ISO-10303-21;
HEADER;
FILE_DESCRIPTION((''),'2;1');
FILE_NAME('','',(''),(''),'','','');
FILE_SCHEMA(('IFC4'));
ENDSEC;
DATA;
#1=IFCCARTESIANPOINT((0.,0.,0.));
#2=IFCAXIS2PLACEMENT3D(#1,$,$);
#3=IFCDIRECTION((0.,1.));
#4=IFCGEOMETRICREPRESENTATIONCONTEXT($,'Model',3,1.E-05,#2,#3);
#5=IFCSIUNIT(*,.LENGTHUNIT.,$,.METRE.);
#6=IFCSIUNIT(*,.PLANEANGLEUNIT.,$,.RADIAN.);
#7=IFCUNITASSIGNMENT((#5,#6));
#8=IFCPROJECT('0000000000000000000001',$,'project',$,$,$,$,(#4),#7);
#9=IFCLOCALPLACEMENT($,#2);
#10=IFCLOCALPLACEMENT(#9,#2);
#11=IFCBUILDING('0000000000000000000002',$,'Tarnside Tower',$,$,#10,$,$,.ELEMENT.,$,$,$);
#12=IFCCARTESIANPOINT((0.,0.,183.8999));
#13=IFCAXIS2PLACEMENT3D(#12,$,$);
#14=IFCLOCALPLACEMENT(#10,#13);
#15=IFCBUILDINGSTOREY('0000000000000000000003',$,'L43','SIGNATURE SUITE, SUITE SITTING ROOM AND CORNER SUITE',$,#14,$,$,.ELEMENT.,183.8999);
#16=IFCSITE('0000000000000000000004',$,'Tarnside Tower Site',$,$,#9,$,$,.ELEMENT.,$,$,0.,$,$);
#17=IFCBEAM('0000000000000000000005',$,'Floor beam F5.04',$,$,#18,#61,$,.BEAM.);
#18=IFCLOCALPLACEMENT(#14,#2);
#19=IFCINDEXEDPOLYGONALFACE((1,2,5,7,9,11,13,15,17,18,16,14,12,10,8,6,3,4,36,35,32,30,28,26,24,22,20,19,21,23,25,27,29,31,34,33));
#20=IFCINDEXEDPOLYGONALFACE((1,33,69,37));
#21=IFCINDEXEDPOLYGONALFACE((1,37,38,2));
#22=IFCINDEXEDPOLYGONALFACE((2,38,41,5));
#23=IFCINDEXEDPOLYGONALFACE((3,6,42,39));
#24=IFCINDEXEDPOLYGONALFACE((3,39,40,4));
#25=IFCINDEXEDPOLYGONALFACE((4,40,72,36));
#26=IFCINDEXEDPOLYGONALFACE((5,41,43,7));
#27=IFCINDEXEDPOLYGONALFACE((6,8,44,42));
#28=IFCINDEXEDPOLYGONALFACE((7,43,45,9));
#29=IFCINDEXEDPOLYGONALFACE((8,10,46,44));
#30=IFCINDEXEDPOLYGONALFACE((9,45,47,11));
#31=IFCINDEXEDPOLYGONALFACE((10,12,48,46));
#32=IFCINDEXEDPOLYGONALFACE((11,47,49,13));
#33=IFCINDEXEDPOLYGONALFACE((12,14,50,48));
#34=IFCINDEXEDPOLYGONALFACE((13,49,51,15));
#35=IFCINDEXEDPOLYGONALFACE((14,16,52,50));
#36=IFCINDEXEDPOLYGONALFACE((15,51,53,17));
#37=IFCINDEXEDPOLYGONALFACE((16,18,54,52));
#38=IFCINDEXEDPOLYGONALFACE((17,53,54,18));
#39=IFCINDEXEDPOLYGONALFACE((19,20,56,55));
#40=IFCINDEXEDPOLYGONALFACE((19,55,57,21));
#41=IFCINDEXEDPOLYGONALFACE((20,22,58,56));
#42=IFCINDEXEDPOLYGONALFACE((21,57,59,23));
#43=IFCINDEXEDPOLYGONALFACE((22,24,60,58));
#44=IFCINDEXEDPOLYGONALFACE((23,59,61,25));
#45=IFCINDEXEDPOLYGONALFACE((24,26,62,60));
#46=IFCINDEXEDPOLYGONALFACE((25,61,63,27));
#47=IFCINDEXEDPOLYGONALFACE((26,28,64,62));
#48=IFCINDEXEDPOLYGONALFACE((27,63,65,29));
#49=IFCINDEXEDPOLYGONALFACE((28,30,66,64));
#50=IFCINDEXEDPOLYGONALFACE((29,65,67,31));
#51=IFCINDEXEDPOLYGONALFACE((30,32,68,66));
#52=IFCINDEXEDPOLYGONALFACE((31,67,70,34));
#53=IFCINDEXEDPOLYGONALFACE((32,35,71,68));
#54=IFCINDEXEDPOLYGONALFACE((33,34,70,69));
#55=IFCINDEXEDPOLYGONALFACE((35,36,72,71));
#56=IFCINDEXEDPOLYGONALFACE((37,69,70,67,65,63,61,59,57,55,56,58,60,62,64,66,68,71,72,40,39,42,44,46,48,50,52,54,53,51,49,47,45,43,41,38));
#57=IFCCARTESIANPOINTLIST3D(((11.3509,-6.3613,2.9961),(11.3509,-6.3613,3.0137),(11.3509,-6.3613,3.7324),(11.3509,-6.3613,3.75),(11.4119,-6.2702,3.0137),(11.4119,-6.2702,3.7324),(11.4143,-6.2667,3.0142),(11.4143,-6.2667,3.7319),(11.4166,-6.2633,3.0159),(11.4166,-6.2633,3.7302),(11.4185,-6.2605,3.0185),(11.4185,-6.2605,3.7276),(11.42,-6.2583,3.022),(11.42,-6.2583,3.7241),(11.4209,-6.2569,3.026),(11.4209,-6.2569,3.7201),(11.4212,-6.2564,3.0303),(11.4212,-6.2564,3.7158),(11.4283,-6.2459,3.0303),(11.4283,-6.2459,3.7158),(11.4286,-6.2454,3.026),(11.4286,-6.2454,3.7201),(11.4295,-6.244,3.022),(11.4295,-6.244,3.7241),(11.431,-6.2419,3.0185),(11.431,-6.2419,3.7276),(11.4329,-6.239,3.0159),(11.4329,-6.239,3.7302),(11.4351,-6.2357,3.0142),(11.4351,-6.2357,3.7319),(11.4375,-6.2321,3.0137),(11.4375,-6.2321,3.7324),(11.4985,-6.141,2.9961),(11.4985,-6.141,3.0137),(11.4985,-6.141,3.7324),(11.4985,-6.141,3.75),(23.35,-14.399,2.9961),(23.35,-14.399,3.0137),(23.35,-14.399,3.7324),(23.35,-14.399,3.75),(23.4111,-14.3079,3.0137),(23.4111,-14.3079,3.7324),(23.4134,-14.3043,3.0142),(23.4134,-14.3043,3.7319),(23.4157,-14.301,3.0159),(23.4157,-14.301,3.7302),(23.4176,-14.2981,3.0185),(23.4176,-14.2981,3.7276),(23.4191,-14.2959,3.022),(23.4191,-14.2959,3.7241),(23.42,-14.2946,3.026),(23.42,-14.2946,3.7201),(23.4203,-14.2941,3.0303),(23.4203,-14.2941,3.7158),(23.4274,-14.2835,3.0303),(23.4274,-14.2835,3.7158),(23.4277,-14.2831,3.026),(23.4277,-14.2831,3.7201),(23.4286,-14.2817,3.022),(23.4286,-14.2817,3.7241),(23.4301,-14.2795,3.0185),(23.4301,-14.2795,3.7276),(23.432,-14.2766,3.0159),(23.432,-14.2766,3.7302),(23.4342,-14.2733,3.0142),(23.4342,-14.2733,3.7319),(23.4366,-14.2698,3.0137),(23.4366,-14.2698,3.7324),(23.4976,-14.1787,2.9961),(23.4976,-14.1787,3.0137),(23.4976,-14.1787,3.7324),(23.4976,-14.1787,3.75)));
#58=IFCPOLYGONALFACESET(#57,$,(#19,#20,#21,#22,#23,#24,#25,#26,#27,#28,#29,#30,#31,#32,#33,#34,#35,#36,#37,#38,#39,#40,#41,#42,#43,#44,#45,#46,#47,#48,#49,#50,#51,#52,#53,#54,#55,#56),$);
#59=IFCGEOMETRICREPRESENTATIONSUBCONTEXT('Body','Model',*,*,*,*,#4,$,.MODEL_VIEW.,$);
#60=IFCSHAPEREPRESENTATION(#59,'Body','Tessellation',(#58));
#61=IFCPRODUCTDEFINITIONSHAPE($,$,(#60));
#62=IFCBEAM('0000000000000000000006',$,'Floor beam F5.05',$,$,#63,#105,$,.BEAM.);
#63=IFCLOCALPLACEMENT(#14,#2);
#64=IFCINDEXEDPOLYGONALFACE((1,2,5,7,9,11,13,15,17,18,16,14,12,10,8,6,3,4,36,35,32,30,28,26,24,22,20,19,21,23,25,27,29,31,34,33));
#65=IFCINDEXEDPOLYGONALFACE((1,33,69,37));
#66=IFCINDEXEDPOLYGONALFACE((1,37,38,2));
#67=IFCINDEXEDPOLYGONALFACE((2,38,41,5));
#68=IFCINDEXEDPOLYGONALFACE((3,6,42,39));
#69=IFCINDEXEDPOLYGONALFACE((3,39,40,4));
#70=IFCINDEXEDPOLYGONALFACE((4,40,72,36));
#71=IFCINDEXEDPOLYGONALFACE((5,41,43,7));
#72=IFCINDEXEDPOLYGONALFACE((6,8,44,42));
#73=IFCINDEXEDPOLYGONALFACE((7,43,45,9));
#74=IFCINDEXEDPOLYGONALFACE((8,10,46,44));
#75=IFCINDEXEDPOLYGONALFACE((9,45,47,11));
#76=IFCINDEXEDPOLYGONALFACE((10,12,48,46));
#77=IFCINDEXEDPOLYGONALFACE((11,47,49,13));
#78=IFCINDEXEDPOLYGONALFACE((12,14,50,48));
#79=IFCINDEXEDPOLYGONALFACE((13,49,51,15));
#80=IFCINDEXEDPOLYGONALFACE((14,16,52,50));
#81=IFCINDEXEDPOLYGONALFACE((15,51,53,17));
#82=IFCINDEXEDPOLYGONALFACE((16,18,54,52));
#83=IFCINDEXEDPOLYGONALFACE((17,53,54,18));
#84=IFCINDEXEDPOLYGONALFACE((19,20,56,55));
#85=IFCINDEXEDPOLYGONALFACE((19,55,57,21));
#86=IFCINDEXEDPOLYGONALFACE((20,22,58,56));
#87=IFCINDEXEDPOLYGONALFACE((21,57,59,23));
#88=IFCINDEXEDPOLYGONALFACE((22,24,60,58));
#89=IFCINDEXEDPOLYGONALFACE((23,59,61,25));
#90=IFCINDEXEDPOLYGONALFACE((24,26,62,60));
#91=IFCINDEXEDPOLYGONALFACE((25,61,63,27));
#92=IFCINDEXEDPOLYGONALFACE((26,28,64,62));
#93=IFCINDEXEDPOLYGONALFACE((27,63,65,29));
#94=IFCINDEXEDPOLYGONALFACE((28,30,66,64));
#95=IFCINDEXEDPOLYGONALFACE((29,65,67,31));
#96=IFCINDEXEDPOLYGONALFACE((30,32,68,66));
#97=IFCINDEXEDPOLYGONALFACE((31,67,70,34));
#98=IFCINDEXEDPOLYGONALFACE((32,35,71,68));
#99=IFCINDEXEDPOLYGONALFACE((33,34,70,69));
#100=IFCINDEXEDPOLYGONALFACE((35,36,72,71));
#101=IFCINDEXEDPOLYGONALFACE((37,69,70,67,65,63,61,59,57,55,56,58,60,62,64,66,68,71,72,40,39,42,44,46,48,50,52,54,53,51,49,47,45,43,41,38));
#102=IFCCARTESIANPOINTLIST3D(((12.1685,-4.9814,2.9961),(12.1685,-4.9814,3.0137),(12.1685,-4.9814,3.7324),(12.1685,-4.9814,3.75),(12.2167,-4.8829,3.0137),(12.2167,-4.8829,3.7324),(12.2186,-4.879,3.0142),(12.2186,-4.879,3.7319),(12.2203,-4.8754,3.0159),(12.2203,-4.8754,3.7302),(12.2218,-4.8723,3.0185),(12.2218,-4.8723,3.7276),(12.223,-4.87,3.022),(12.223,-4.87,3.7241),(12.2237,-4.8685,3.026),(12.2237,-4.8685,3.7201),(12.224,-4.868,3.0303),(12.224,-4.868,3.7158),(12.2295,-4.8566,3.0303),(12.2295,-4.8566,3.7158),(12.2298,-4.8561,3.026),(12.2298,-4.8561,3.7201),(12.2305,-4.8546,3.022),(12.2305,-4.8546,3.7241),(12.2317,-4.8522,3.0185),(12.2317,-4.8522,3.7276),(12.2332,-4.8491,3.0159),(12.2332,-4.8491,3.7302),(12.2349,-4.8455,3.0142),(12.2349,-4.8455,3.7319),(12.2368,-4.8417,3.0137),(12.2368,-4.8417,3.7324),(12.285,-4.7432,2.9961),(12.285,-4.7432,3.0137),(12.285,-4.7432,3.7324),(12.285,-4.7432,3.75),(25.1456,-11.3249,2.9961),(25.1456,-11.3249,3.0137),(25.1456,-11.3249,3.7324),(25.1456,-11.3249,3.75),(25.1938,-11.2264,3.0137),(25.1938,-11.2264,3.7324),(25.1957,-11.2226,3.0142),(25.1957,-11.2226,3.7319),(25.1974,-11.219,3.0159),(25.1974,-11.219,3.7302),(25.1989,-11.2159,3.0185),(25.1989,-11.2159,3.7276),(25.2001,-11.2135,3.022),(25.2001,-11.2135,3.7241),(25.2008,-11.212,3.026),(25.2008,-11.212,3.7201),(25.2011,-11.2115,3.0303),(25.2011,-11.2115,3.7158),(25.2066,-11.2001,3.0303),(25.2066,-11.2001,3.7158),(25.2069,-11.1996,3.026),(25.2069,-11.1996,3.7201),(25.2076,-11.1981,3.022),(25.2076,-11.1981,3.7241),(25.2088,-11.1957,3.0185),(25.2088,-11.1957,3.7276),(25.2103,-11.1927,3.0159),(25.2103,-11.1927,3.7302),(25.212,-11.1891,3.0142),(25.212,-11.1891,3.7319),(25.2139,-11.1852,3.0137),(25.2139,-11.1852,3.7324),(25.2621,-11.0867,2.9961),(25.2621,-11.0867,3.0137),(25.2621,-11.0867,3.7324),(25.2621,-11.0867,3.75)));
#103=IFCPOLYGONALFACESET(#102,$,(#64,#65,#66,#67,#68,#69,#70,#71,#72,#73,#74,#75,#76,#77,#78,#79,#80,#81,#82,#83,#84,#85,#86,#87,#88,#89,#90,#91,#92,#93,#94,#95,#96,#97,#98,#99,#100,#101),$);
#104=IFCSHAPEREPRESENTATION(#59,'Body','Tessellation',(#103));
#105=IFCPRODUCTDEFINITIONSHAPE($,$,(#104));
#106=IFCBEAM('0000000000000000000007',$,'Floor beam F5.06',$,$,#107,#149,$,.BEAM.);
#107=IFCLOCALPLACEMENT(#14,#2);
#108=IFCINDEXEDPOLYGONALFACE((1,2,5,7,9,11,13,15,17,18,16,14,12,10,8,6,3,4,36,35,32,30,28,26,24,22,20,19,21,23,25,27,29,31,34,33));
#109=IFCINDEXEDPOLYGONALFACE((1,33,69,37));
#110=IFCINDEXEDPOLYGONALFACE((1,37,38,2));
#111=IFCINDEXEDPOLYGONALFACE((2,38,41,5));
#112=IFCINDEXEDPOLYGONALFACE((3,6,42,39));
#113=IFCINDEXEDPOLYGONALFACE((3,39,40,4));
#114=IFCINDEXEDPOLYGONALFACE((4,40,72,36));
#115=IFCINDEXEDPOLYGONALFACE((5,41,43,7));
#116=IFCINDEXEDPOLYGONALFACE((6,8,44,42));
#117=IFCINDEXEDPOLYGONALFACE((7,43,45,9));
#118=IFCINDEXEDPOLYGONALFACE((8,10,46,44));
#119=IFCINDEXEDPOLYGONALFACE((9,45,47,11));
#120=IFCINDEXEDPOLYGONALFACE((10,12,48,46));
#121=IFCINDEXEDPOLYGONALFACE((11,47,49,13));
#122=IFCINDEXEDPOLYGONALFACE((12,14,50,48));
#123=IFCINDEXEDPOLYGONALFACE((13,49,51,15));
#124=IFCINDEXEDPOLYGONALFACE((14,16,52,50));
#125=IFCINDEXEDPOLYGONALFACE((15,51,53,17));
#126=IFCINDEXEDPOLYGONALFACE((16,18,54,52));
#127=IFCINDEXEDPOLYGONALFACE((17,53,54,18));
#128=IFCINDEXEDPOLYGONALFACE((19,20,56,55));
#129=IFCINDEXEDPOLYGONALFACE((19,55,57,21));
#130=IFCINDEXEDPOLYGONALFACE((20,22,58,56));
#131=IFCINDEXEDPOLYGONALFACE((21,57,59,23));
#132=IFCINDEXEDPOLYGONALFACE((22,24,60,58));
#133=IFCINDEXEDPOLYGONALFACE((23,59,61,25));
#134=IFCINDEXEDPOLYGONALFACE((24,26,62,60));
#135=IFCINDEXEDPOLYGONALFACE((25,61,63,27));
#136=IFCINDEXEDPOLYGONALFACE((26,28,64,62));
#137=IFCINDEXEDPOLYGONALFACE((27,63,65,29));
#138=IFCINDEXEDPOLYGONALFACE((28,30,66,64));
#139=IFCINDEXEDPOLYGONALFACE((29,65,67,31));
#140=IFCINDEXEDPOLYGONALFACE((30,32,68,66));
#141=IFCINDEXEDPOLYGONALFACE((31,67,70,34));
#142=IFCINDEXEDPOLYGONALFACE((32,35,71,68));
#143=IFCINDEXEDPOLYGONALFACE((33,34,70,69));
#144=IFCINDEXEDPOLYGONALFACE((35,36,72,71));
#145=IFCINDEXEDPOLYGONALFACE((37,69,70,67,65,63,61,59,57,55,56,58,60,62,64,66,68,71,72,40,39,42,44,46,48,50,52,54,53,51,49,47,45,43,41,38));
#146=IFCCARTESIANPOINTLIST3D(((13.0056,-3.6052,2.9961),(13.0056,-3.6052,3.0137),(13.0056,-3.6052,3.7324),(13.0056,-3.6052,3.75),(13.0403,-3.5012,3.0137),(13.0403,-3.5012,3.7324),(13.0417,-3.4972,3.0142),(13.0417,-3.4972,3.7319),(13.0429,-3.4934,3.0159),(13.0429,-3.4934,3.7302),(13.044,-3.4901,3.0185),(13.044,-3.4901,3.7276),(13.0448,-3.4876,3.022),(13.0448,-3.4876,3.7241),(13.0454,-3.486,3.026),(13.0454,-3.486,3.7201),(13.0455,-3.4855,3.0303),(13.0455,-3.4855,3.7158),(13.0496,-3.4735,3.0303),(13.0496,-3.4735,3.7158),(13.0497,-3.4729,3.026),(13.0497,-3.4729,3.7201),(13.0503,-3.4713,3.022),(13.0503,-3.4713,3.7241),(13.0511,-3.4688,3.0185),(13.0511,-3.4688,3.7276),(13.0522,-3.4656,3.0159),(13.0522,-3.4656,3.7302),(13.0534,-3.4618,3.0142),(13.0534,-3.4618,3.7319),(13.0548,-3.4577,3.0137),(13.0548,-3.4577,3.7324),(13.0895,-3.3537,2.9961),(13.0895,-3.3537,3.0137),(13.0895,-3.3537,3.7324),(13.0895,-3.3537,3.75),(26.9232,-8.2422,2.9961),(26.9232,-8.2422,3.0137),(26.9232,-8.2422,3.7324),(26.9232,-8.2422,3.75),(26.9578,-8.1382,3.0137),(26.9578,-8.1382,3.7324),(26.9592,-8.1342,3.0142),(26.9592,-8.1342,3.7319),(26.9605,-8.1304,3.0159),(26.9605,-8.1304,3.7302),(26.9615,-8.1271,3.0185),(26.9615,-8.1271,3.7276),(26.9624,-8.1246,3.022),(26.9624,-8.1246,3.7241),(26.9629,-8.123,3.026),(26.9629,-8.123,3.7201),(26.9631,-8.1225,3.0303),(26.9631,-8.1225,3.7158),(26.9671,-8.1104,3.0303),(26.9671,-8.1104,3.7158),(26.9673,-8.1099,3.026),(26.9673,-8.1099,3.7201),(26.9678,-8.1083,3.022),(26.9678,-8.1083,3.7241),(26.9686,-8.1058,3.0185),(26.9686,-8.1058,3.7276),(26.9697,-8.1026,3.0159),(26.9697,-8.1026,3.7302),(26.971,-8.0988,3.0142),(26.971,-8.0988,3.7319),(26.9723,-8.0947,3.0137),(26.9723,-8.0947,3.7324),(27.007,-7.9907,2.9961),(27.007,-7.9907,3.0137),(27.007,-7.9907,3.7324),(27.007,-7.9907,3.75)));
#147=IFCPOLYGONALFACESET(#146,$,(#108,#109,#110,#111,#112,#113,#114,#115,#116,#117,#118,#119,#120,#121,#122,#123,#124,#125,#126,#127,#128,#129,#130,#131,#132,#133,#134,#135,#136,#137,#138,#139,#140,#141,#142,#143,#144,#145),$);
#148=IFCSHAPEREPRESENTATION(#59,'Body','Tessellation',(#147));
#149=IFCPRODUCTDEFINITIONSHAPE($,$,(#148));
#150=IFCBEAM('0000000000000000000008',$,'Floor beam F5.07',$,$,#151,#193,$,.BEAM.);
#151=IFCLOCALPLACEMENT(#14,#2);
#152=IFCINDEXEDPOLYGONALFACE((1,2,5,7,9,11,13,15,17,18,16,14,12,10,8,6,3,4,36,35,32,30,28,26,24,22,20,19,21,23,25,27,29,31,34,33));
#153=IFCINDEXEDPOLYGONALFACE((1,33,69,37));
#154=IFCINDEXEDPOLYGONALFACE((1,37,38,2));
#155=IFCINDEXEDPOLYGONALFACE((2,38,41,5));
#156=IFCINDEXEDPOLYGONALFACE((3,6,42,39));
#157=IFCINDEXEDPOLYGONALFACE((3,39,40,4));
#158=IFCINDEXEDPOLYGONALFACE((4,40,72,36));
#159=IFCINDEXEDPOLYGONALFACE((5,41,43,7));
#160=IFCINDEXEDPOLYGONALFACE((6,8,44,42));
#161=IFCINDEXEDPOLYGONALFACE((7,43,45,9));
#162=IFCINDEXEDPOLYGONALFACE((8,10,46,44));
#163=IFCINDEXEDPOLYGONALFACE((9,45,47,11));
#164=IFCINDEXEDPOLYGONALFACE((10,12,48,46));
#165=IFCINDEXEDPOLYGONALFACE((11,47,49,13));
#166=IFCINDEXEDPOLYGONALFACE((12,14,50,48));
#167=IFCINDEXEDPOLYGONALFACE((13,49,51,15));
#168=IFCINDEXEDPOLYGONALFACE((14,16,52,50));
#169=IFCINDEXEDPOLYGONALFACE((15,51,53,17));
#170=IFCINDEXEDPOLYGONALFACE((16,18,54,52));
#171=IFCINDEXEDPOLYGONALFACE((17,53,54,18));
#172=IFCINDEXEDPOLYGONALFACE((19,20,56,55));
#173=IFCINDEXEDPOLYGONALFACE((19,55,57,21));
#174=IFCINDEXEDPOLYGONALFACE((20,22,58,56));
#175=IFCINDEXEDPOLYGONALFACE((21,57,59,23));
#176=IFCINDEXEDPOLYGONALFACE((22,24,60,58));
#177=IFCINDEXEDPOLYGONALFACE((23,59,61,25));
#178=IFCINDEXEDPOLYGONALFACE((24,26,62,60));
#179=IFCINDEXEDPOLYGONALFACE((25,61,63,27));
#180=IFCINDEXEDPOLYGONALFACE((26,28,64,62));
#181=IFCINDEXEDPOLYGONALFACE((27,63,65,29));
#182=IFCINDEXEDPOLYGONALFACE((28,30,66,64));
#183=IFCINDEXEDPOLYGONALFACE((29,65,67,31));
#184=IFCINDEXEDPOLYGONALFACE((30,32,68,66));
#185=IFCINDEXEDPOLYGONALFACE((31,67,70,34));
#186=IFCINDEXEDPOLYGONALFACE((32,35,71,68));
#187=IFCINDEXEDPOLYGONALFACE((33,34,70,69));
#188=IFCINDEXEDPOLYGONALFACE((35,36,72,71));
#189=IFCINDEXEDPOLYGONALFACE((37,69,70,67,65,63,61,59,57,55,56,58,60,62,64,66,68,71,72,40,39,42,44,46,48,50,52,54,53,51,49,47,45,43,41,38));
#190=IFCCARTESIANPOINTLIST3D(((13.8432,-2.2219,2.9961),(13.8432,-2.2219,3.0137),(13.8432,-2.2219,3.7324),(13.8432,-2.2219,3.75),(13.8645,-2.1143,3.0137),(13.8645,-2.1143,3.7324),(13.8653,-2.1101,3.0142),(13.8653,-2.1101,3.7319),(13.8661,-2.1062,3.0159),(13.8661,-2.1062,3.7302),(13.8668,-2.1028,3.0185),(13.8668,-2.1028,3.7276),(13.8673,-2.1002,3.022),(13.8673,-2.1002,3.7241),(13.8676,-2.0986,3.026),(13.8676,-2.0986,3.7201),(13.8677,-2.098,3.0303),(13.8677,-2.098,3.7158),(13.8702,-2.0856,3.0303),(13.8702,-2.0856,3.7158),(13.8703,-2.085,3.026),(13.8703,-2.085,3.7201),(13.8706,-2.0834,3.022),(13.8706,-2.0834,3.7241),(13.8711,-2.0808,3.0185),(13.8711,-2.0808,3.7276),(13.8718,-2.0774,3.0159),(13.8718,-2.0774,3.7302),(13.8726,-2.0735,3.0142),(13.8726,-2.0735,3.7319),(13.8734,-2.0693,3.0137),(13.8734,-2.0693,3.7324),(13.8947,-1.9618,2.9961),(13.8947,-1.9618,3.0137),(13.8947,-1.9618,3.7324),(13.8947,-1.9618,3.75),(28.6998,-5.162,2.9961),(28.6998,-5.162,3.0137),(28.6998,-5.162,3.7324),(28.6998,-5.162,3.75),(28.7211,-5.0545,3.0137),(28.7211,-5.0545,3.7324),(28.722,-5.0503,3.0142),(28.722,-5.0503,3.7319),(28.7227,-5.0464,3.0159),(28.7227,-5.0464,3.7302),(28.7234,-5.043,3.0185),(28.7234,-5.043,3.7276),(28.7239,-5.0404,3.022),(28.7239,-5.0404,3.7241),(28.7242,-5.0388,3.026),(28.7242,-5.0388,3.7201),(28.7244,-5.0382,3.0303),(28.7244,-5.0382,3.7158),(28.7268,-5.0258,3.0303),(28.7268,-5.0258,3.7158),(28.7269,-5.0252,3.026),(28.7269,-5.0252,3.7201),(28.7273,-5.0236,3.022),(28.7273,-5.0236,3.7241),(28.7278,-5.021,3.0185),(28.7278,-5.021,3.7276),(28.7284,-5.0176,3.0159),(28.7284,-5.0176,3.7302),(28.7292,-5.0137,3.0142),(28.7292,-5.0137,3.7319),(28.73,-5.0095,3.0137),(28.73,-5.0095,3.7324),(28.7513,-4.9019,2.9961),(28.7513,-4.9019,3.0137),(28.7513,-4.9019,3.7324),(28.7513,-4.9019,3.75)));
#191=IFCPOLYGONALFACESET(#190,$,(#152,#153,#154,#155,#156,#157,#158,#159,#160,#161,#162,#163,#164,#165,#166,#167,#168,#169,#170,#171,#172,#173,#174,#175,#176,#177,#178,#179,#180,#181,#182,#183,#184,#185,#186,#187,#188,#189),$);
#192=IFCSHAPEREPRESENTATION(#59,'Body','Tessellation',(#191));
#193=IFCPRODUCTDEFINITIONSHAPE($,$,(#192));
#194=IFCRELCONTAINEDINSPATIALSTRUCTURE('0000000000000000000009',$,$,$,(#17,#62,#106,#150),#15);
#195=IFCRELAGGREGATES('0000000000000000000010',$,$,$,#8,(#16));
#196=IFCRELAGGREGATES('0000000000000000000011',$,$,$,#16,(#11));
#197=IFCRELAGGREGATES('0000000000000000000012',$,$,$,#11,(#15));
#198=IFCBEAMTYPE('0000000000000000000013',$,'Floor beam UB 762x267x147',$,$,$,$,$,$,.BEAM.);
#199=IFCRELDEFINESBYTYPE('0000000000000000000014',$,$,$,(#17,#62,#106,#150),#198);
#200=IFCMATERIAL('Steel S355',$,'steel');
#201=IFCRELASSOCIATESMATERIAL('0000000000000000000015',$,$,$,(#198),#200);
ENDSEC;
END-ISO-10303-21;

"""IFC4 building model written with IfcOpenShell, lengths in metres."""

from ifc_helpers import new_model, si_unit, direction, frame, origin, origin_2d, place, context, subcontext, project, spatial, i_section, extrude, material, material_profile, profile_set, type_object, element, save


model = new_model("IFC4")

# Units and contexts
model_context = context("Model", 3, precision=1e-05, world=origin(), true_north=direction((0.0, 1.0)))
body_context = subcontext(model_context, "Body", "Model", "MODEL_VIEW")
ifc_project = project(units=[si_unit("LENGTHUNIT", "METRE"), si_unit("PLANEANGLEUNIT", "RADIAN")], contexts=[model_context])

# Site, building, storey
site_placement = place(None, origin())
site = spatial("IfcSite", under=ifc_project, at=site_placement, Name="Tarnside Tower Site", CompositionType="ELEMENT", RefElevation=0.0)
building_placement = place(site_placement, origin())
building = spatial("IfcBuilding", under=site, at=building_placement, Name="Tarnside Tower", CompositionType="ELEMENT")
storey_placement = place(building_placement, frame((0.0, 0.0, 183.8999)))
storey = spatial("IfcBuildingStorey", under=building, at=storey_placement, Name="L43", Description="SIGNATURE SUITE, SUITE SITTING ROOM AND CORNER SUITE", CompositionType="ELEMENT", Elevation=183.8999)

# Beams
ifc_material_1 = material(Name="Steel S355", Category="steel")
ifc_material_profile_1 = material_profile(ifc_material_1, i_section(OverallWidth=0.2651, OverallDepth=0.7539, WebThickness=0.0127, FlangeThickness=0.0176, FilletRadius=0.0166, at=origin_2d()), Name="UB 762x267x147")
ifc_profile_set_1 = profile_set([ifc_material_profile_1], Name="Steel S355")
beam_type_1 = type_object("IfcBeamType", Name="Floor beam UB 762x267x147", PredefinedType="BEAM", material=ifc_profile_set_1)
beam_1_placement = place(storey_placement, frame((23.4238, -14.2888, 3.373), z_axis=(-0.830826, 0.556532, 0.0), x_axis=(-0.556532, -0.830826, 0.0)))
element("IfcBeam", 1, at=beam_1_placement, inside=storey, type_object=beam_type_1, Name="Floor beam F5.04", PredefinedType="BEAM", context=body_context, shape_type="SweptSolid", body=[
    extrude(i_section(OverallWidth=0.2651, OverallDepth=0.7539, WebThickness=0.0127, FlangeThickness=0.0176, FilletRadius=0.0166, at=origin_2d()), origin(), (0.0, 0.0, 1.0), 14.4424),
])
beam_2_placement = place(storey_placement, frame((25.2039, -11.2058, 3.373), z_axis=(-0.898407, 0.439164, 0.0), x_axis=(-0.439164, -0.898407, 0.0)))
element("IfcBeam", 2, at=beam_2_placement, inside=storey, type_object=beam_type_1, Name="Floor beam F5.05", PredefinedType="BEAM", context=body_context, shape_type="SweptSolid", body=[
    extrude(i_section(OverallWidth=0.2651, OverallDepth=0.7539, WebThickness=0.0127, FlangeThickness=0.0176, FilletRadius=0.0166, at=origin_2d()), origin(), (0.0, 0.0, 1.0), 14.4446),
])
beam_3_placement = place(storey_placement, frame((26.9651, -8.1165, 3.373), z_axis=(-0.948728, 0.316093, 0.0), x_axis=(-0.316093, -0.948728, 0.0)))
element("IfcBeam", 3, at=beam_3_placement, inside=storey, type_object=beam_type_1, Name="Floor beam F5.06", PredefinedType="BEAM", context=body_context, shape_type="SweptSolid", body=[
    extrude(i_section(OverallWidth=0.2651, OverallDepth=0.7539, WebThickness=0.0127, FlangeThickness=0.0176, FilletRadius=0.0166, at=origin_2d()), origin(), (0.0, 0.0, 1.0), 14.6697),
])
beam_4_placement = place(storey_placement, frame((28.7256, -5.032, 3.373), z_axis=(-0.980974, 0.194138, 0.0), x_axis=(-0.194138, -0.980974, 0.0)))
element("IfcBeam", 4, at=beam_4_placement, inside=storey, type_object=beam_type_1, Name="Floor beam F5.07", PredefinedType="BEAM", context=body_context, shape_type="SweptSolid", body=[
    extrude(i_section(OverallWidth=0.2651, OverallDepth=0.7539, WebThickness=0.0127, FlangeThickness=0.0176, FilletRadius=0.0166, at=origin_2d()), origin(), (0.0, 0.0, 1.0), 15.1448),
])

save(model, "model.ifc")
